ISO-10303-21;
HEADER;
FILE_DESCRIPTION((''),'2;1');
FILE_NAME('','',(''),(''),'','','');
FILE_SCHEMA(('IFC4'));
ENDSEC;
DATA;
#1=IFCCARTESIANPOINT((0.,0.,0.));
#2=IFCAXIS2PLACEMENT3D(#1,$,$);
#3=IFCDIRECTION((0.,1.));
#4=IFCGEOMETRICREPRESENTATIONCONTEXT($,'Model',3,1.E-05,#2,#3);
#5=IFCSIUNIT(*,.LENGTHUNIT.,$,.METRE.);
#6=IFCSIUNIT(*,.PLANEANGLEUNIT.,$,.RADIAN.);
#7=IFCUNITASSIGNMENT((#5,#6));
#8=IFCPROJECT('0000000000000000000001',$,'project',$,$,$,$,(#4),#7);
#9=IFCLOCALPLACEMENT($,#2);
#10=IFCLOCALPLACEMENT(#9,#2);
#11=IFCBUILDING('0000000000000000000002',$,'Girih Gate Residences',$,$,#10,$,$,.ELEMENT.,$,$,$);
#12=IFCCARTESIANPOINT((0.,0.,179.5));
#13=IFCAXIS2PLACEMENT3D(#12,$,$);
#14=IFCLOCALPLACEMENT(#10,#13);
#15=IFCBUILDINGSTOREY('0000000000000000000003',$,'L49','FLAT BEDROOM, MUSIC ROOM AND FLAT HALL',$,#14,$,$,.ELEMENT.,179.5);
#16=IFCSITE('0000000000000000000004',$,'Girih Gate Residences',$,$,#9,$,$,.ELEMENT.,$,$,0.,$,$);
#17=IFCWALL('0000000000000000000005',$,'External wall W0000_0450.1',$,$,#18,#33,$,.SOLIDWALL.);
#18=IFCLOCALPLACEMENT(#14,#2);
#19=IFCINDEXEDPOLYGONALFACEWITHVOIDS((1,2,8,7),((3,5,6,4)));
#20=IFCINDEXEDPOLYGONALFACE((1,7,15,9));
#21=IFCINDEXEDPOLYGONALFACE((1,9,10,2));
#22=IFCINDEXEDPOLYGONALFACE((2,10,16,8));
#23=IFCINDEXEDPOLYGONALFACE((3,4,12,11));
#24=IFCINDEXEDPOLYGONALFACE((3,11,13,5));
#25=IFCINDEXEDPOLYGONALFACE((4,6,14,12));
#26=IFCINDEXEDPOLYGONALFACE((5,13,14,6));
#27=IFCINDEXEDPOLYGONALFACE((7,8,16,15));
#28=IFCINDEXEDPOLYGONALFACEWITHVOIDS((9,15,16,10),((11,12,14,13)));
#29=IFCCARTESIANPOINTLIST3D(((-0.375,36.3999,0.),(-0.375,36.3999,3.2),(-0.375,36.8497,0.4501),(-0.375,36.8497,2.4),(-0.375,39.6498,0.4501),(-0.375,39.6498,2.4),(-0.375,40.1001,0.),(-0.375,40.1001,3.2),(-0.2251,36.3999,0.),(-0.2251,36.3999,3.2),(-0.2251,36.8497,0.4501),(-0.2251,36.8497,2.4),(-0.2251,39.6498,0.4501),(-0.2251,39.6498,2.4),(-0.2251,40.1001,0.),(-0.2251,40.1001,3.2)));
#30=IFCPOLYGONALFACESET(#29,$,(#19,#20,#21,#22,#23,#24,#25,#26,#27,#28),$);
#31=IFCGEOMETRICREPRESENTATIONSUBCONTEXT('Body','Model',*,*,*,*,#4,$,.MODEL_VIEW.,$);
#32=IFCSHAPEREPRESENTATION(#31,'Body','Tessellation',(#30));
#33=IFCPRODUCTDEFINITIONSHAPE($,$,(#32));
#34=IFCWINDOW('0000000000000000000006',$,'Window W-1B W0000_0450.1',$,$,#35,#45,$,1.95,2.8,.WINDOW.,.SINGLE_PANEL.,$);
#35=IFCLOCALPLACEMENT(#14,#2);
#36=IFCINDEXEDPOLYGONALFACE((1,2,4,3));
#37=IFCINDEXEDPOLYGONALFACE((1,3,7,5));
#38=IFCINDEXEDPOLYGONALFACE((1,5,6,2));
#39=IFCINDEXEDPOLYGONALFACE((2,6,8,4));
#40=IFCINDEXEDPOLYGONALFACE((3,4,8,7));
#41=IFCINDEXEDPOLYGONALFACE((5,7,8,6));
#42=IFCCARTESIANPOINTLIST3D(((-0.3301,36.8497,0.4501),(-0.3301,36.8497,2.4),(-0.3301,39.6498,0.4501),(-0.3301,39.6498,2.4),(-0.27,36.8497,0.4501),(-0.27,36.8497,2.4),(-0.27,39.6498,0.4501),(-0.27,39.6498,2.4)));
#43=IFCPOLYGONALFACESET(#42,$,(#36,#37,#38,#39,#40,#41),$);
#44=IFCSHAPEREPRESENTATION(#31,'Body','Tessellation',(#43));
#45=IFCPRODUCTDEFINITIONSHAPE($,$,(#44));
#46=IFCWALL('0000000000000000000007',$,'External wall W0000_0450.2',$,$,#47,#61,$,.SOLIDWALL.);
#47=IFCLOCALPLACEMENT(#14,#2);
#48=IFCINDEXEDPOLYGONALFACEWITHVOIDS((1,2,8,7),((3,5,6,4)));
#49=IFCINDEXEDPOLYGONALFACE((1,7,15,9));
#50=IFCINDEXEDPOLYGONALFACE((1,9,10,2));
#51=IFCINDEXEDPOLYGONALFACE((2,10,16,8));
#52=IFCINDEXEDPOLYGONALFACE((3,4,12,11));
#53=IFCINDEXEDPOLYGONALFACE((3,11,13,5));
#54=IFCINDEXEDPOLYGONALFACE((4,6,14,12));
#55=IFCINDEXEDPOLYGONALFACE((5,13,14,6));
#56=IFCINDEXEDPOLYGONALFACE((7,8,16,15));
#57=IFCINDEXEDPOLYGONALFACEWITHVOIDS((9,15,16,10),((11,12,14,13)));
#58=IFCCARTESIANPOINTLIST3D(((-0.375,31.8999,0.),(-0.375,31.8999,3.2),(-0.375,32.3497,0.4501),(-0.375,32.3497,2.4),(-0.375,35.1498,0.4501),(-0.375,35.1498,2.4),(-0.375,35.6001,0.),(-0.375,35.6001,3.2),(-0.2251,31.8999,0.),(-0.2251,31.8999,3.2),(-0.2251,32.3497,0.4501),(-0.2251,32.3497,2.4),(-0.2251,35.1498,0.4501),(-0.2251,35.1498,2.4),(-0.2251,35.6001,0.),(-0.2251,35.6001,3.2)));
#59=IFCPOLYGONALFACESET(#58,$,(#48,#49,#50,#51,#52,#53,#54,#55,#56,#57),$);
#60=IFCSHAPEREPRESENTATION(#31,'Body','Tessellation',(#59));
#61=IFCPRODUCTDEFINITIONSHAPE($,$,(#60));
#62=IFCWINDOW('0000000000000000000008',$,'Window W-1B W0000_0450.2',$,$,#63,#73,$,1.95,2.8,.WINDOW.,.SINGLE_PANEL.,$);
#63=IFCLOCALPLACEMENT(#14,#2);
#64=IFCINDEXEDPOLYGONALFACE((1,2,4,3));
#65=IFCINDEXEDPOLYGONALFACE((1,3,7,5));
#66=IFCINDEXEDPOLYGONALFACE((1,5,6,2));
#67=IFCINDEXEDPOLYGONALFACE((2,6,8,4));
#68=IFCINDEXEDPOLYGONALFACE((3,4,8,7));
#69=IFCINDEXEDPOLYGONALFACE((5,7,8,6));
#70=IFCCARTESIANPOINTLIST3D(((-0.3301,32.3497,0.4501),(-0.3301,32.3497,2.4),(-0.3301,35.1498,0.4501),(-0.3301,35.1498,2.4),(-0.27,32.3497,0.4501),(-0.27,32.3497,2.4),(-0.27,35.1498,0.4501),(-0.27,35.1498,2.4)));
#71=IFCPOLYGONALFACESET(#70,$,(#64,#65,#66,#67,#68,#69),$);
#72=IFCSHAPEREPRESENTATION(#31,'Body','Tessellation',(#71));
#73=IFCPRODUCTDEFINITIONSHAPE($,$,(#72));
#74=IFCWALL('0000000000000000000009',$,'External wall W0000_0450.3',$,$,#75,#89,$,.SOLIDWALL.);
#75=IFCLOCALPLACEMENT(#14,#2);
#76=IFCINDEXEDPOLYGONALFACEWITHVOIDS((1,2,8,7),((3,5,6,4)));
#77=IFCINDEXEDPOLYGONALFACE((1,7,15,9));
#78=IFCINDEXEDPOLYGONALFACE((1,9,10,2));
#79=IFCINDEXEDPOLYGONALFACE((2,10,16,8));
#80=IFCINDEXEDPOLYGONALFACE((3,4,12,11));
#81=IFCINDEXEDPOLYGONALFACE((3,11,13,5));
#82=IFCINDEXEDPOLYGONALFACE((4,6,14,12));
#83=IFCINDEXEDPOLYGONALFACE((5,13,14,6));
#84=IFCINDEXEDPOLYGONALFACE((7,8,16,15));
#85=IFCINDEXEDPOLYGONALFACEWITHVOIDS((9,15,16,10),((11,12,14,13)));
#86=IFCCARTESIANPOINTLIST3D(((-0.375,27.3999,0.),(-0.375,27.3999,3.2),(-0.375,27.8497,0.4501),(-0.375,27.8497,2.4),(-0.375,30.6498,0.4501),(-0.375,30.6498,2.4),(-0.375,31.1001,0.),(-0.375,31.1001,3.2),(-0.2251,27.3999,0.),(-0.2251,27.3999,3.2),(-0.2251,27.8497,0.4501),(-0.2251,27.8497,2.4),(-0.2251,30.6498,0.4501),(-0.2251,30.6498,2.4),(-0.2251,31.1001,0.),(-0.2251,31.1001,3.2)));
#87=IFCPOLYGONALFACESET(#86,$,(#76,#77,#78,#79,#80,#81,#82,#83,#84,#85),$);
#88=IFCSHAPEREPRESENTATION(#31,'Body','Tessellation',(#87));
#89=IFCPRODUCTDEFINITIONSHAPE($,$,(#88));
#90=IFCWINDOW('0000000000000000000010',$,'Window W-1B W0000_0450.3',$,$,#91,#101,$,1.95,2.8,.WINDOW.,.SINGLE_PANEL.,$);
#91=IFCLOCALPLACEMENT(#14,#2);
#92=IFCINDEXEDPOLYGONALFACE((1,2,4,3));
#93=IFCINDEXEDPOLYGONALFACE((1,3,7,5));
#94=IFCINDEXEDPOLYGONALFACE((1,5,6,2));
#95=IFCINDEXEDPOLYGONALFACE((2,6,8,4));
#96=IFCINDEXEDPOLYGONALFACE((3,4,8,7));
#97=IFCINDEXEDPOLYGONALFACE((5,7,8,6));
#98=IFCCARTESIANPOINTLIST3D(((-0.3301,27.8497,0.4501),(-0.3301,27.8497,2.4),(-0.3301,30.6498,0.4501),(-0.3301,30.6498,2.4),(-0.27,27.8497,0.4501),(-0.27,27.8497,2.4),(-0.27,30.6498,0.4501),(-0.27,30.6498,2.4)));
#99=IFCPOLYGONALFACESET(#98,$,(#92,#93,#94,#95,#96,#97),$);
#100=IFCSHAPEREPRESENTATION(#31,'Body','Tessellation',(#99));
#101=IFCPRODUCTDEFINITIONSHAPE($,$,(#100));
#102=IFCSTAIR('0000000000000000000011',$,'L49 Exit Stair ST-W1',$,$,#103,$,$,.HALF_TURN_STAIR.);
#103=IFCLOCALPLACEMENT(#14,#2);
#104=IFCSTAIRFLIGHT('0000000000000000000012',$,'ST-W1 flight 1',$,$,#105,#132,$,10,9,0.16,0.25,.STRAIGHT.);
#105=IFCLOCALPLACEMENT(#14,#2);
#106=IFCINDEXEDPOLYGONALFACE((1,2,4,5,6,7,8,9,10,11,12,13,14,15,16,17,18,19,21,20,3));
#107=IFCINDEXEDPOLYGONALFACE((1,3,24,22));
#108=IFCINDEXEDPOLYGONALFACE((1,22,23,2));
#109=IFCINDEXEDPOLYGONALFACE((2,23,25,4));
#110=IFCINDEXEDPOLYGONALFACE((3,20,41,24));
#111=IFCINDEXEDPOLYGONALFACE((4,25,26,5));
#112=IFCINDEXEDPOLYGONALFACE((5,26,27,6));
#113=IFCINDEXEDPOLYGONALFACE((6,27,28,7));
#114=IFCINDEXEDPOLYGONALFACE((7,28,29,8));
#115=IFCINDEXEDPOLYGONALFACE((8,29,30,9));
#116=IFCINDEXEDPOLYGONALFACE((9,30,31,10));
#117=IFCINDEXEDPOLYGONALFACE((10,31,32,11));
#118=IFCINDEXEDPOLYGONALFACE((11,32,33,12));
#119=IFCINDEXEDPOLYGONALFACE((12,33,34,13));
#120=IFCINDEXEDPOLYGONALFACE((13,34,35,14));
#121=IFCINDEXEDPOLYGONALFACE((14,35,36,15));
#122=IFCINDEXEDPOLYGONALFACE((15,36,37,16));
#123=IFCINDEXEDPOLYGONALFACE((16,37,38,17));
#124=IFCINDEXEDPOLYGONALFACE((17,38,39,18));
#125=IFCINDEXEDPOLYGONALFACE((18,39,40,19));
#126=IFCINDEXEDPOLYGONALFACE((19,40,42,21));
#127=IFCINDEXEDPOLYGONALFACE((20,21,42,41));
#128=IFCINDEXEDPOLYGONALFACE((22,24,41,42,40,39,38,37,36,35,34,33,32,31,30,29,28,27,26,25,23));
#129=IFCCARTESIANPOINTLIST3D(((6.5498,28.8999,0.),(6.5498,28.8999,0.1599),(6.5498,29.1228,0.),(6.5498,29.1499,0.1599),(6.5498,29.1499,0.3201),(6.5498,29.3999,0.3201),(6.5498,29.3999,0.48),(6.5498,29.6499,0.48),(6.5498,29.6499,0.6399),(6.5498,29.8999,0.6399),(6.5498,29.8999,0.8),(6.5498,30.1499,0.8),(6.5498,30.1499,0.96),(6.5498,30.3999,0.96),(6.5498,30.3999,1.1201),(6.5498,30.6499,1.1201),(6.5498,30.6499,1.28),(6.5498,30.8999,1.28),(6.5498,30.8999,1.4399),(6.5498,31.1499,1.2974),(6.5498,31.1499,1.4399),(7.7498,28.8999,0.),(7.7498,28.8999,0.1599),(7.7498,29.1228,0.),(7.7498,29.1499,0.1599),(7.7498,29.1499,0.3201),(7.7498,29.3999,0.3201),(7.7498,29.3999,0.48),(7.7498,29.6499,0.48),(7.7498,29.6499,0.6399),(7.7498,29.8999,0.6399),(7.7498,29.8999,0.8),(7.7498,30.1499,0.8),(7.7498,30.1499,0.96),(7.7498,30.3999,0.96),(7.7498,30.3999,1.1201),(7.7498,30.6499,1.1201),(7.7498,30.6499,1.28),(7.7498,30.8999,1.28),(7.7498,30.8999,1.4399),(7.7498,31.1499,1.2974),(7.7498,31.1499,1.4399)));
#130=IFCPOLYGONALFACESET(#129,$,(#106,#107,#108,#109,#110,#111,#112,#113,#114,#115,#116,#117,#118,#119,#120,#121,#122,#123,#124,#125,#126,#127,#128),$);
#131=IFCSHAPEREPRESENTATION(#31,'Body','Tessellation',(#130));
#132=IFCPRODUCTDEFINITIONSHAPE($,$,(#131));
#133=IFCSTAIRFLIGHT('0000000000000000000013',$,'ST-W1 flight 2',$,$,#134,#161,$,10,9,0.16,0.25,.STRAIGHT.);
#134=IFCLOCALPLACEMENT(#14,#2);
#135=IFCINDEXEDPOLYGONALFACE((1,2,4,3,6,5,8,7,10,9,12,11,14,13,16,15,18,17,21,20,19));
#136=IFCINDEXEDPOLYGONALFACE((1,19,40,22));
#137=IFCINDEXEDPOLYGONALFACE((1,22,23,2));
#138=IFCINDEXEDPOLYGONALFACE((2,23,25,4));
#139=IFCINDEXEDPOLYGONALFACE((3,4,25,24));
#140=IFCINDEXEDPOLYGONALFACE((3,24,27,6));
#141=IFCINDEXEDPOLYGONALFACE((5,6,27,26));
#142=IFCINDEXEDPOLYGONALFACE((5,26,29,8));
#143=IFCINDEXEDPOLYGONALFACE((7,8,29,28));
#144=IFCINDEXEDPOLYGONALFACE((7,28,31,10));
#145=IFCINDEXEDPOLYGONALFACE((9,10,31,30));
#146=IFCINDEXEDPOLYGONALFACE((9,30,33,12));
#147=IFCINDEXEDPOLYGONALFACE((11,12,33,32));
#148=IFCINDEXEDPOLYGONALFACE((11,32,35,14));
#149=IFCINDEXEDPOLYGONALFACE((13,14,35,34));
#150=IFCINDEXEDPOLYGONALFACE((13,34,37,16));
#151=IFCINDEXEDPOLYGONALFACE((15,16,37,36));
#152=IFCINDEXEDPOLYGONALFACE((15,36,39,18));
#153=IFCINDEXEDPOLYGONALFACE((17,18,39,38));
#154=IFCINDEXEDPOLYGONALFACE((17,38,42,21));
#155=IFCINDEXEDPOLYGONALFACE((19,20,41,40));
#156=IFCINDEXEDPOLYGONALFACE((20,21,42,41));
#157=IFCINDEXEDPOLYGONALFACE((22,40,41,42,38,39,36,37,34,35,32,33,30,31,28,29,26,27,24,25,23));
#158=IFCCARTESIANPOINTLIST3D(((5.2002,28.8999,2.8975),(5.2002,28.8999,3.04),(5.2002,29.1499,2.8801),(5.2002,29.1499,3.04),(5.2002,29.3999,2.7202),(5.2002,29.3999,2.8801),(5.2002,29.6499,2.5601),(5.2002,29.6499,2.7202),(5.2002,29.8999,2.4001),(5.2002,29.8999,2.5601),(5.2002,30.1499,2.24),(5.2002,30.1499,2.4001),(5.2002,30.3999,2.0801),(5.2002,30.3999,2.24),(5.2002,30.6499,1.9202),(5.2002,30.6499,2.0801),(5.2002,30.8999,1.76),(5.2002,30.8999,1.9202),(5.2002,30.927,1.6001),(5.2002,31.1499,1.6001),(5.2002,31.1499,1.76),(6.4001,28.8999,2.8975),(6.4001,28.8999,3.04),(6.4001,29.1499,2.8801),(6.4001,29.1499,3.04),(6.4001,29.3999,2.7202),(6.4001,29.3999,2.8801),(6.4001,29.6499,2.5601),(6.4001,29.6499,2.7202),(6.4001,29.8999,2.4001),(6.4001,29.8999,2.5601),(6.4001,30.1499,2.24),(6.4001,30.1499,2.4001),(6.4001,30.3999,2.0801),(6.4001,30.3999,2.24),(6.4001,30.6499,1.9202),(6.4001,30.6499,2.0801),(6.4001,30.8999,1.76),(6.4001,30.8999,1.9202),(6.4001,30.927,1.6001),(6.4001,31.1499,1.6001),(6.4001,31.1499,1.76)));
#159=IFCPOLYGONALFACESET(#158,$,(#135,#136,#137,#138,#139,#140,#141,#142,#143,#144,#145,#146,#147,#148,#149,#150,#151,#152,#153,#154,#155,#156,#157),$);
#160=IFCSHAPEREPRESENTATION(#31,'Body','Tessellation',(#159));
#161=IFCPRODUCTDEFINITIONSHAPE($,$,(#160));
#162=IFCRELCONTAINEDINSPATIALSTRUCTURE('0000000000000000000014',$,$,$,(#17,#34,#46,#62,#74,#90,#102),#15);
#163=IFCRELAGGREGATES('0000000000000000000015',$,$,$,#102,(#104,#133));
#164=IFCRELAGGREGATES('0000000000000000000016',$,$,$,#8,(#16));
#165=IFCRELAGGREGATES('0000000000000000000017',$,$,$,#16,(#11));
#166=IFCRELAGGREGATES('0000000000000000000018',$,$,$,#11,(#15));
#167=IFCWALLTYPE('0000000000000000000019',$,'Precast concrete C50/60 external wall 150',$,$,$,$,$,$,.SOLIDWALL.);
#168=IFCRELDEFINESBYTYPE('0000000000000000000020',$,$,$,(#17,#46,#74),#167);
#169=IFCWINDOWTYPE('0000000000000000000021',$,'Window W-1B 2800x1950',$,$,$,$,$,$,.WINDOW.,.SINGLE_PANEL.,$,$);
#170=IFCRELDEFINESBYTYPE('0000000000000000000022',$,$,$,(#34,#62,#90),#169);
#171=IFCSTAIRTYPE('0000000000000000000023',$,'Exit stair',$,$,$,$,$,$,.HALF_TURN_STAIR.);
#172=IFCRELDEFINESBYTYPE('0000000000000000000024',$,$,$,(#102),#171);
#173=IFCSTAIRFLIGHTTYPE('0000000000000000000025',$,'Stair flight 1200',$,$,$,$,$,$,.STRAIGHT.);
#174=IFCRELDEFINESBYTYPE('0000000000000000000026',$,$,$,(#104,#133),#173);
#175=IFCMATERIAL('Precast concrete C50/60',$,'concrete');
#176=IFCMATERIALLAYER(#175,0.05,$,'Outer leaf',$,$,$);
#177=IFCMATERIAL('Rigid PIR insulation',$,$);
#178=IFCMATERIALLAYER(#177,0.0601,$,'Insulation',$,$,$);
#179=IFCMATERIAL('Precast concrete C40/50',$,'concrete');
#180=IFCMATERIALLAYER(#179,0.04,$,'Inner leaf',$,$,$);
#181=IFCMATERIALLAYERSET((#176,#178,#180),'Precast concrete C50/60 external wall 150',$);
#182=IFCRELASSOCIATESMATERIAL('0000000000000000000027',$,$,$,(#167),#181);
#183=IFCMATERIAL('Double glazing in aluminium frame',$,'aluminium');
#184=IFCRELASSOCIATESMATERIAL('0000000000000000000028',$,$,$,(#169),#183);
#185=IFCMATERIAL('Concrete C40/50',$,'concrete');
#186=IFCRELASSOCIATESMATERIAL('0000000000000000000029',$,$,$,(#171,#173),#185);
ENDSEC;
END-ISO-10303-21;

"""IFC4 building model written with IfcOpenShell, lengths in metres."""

from ifc_helpers import new_model, si_unit, direction, frame, frame_2d, origin, place, context, subcontext, project, spatial, polyline, rectangle, outline, extrude, material, layer, layer_set, type_object, element, fill, aggregate, save


model = new_model("IFC4")

# Units and contexts
model_context = context("Model", 3, precision=1e-05, world=origin(), true_north=direction((0.0, 1.0)))
body_context = subcontext(model_context, "Body", "Model", "MODEL_VIEW")
ifc_project = project(units=[si_unit("LENGTHUNIT", "METRE"), si_unit("PLANEANGLEUNIT", "RADIAN")], contexts=[model_context])

# Site, building, storey
site_placement = place(None, origin())
site = spatial("IfcSite", under=ifc_project, at=site_placement, Name="Girih Gate Residences", CompositionType="ELEMENT", RefElevation=0.0)
building_placement = place(site_placement, origin())
building = spatial("IfcBuilding", under=site, at=building_placement, Name="Girih Gate Residences", CompositionType="ELEMENT")
storey_placement = place(building_placement, frame((0.0, 0.0, 179.5)))
storey = spatial("IfcBuildingStorey", under=building, at=storey_placement, Name="L49", Description="FLAT BEDROOM, MUSIC ROOM AND FLAT HALL", CompositionType="ELEMENT", Elevation=179.5)

# Shared definitions
ifc_material_1 = material(Name="Concrete C40/50", Category="concrete")

# Walls, openings, windows
ifc_material_2 = material(Name="Precast concrete C50/60", Category="concrete")
ifc_layer_1 = layer(ifc_material_2, 0.05, Name="Outer leaf")
ifc_material_3 = material(Name="Rigid PIR insulation")
ifc_layer_2 = layer(ifc_material_3, 0.0601, Name="Insulation")
ifc_material_4 = material(Name="Precast concrete C40/50", Category="concrete")
ifc_layer_3 = layer(ifc_material_4, 0.04, Name="Inner leaf")
ifc_layer_set_1 = layer_set([ifc_layer_1, ifc_layer_2, ifc_layer_3], Name="Precast concrete C50/60 external wall 150")
wall_type_1 = type_object("IfcWallType", Name="Precast concrete C50/60 external wall 150", PredefinedType="SOLIDWALL", material=ifc_layer_set_1)
wall_1_placement = place(storey_placement, frame((-0.3, 36.3999, 0.0), z_axis=(0.0, 0.0, 1.0), x_axis=(0.0, 1.0, 0.0)))
wall_1 = element("IfcWall", 1, at=wall_1_placement, inside=storey, type_object=wall_type_1, Name="External wall W0000_0450.1", PredefinedType="SOLIDWALL", context=body_context, shape_type="SweptSolid", body=[
    extrude(rectangle(XDim=3.7002, YDim=0.1499, at=frame_2d((1.8501, 0.0))), origin(), (0.0, 0.0, 1.0), 3.2),
])
opening_1_placement = place(wall_1_placement, frame((0.45, 0.0, 0.45)))
opening_1 = element("IfcOpeningElement", 2, at=opening_1_placement, cuts=wall_1, PredefinedType="OPENING", context=body_context, shape_type="SweptSolid", body=[
    extrude(rectangle(XDim=2.8, YDim=1.95, at=frame_2d((1.3999, 0.9751))), frame((0.0, 0.085, 0.0), z_axis=(0.0, -1.0, 0.0), x_axis=(1.0, 0.0, 0.0)), (0.0, 0.0, 1.0), 0.1699),
])
ifc_material_5 = material(Name="Double glazing in aluminium frame", Category="aluminium")
window_type = type_object("IfcWindowType", Name="Window W-1B 2800x1950", PartitioningType="SINGLE_PANEL", PredefinedType="WINDOW", material=ifc_material_5)
window_1_placement = place(opening_1_placement, origin())
window_1 = element("IfcWindow", 3, at=window_1_placement, inside=storey, type_object=window_type, Name="Window W-1B W0000_0450.1", OverallHeight=1.95, OverallWidth=2.8, PartitioningType="SINGLE_PANEL", PredefinedType="WINDOW", context=body_context, shape_type="SweptSolid", body=[
    extrude(rectangle(XDim=2.8, YDim=1.95, at=frame_2d((1.3999, 0.9751))), frame((0.0, 0.03, 0.0), z_axis=(0.0, -1.0, 0.0), x_axis=(1.0, 0.0, 0.0)), (0.0, 0.0, 1.0), 0.0601),
])
fill(opening_1, window_1)
wall_2_placement = place(storey_placement, frame((-0.3, 31.8999, 0.0), z_axis=(0.0, 0.0, 1.0), x_axis=(0.0, 1.0, 0.0)))
wall_2 = element("IfcWall", 4, at=wall_2_placement, inside=storey, type_object=wall_type_1, Name="External wall W0000_0450.2", PredefinedType="SOLIDWALL", context=body_context, shape_type="SweptSolid", body=[
    extrude(rectangle(XDim=3.7002, YDim=0.1499, at=frame_2d((1.8501, 0.0))), origin(), (0.0, 0.0, 1.0), 3.2),
])
opening_2_placement = place(wall_2_placement, frame((0.45, 0.0, 0.45)))
opening_2 = element("IfcOpeningElement", 5, at=opening_2_placement, cuts=wall_2, PredefinedType="OPENING", context=body_context, shape_type="SweptSolid", body=[
    extrude(rectangle(XDim=2.8, YDim=1.95, at=frame_2d((1.3999, 0.9751))), frame((0.0, 0.085, 0.0), z_axis=(0.0, -1.0, 0.0), x_axis=(1.0, 0.0, 0.0)), (0.0, 0.0, 1.0), 0.1699),
])
window_2_placement = place(opening_2_placement, origin())
window_2 = element("IfcWindow", 6, at=window_2_placement, inside=storey, type_object=window_type, Name="Window W-1B W0000_0450.2", OverallHeight=1.95, OverallWidth=2.8, PartitioningType="SINGLE_PANEL", PredefinedType="WINDOW", context=body_context, shape_type="SweptSolid", body=[
    extrude(rectangle(XDim=2.8, YDim=1.95, at=frame_2d((1.3999, 0.9751))), frame((0.0, 0.03, 0.0), z_axis=(0.0, -1.0, 0.0), x_axis=(1.0, 0.0, 0.0)), (0.0, 0.0, 1.0), 0.0601),
])
fill(opening_2, window_2)
wall_3_placement = place(storey_placement, frame((-0.3, 27.3999, 0.0), z_axis=(0.0, 0.0, 1.0), x_axis=(0.0, 1.0, 0.0)))
wall_3 = element("IfcWall", 7, at=wall_3_placement, inside=storey, type_object=wall_type_1, Name="External wall W0000_0450.3", PredefinedType="SOLIDWALL", context=body_context, shape_type="SweptSolid", body=[
    extrude(rectangle(XDim=3.7002, YDim=0.1499, at=frame_2d((1.8501, 0.0))), origin(), (0.0, 0.0, 1.0), 3.2),
])
opening_3_placement = place(wall_3_placement, frame((0.45, 0.0, 0.45)))
opening_3 = element("IfcOpeningElement", 8, at=opening_3_placement, cuts=wall_3, PredefinedType="OPENING", context=body_context, shape_type="SweptSolid", body=[
    extrude(rectangle(XDim=2.8, YDim=1.95, at=frame_2d((1.3999, 0.9751))), frame((0.0, 0.085, 0.0), z_axis=(0.0, -1.0, 0.0), x_axis=(1.0, 0.0, 0.0)), (0.0, 0.0, 1.0), 0.1699),
])
window_3_placement = place(opening_3_placement, origin())
window_3 = element("IfcWindow", 9, at=window_3_placement, inside=storey, type_object=window_type, Name="Window W-1B W0000_0450.3", OverallHeight=1.95, OverallWidth=2.8, PartitioningType="SINGLE_PANEL", PredefinedType="WINDOW", context=body_context, shape_type="SweptSolid", body=[
    extrude(rectangle(XDim=2.8, YDim=1.95, at=frame_2d((1.3999, 0.9751))), frame((0.0, 0.03, 0.0), z_axis=(0.0, -1.0, 0.0), x_axis=(1.0, 0.0, 0.0)), (0.0, 0.0, 1.0), 0.0601),
])
fill(opening_3, window_3)

# Stair, stair flights
stair_type = type_object("IfcStairType", Name="Exit stair", PredefinedType="HALF_TURN_STAIR", material=ifc_material_1)
stair_placement = place(storey_placement, origin())
stair = element("IfcStair", 10, at=stair_placement, inside=storey, type_object=stair_type, Name="L49 Exit Stair ST-W1", PredefinedType="HALF_TURN_STAIR")
stair_flight_type = type_object("IfcStairFlightType", Name="Stair flight 1200", PredefinedType="STRAIGHT", material=ifc_material_1)
stair_flight_1_placement = place(storey_placement, frame((7.1499, 28.8999, 0.0), z_axis=(0.0, 0.0, 1.0), x_axis=(0.0, 1.0, 0.0)))
stair_flight_1 = element("IfcStairFlight", 11, at=stair_flight_1_placement, type_object=stair_flight_type, Name="ST-W1 flight 1", NumberOfRisers=10, NumberOfTreads=9, PredefinedType="STRAIGHT", RiserHeight=0.16, TreadLength=0.25, context=body_context, shape_type="SweptSolid", body=[
    extrude(outline(polyline([(0.0, 0.0), (0.0, 0.1599), (0.25, 0.1599), (0.25, 0.3201), (0.5, 0.3201), (0.5, 0.48), (0.75, 0.48), (0.75, 0.6399), (1.0, 0.6399), (1.0, 0.8), (1.25, 0.8), (1.25, 0.96), (1.5, 0.96), (1.5, 1.1201), (1.75, 1.1201), (1.75, 1.28), (2.0, 1.28), (2.0, 1.4399), (2.25, 1.4399), (2.25, 1.6001), (2.25, 1.2974), (0.2229, 0.0), (0.0, 0.0)])), frame((0.0, 0.6001, 0.0), z_axis=(0.0, -1.0, 0.0), x_axis=(1.0, 0.0, 0.0)), (0.0, 0.0, 1.0), 1.2),
])
stair_flight_2_placement = place(storey_placement, frame((5.8, 31.1499, 1.6001), z_axis=(0.0, 0.0, 1.0), x_axis=(0.0, -1.0, 0.0)))
stair_flight_2 = element("IfcStairFlight", 12, at=stair_flight_2_placement, type_object=stair_flight_type, Name="ST-W1 flight 2", NumberOfRisers=10, NumberOfTreads=9, PredefinedType="STRAIGHT", RiserHeight=0.16, TreadLength=0.25, context=body_context, shape_type="SweptSolid", body=[
    extrude(outline(polyline([(0.0, 0.0), (0.0, 0.1599), (0.25, 0.1599), (0.25, 0.3201), (0.5, 0.3201), (0.5, 0.48), (0.75, 0.48), (0.75, 0.6399), (1.0, 0.6399), (1.0, 0.8), (1.25, 0.8), (1.25, 0.96), (1.5, 0.96), (1.5, 1.1201), (1.75, 1.1201), (1.75, 1.28), (2.0, 1.28), (2.0, 1.4399), (2.25, 1.4399), (2.25, 1.6001), (2.25, 1.2974), (0.2229, 0.0), (0.0, 0.0)])), frame((0.0, 0.6001, 0.0), z_axis=(0.0, -1.0, 0.0), x_axis=(1.0, 0.0, 0.0)), (0.0, 0.0, 1.0), 1.2),
])
aggregate(stair, [stair_flight_1, stair_flight_2])

save(model, "model.ifc")
